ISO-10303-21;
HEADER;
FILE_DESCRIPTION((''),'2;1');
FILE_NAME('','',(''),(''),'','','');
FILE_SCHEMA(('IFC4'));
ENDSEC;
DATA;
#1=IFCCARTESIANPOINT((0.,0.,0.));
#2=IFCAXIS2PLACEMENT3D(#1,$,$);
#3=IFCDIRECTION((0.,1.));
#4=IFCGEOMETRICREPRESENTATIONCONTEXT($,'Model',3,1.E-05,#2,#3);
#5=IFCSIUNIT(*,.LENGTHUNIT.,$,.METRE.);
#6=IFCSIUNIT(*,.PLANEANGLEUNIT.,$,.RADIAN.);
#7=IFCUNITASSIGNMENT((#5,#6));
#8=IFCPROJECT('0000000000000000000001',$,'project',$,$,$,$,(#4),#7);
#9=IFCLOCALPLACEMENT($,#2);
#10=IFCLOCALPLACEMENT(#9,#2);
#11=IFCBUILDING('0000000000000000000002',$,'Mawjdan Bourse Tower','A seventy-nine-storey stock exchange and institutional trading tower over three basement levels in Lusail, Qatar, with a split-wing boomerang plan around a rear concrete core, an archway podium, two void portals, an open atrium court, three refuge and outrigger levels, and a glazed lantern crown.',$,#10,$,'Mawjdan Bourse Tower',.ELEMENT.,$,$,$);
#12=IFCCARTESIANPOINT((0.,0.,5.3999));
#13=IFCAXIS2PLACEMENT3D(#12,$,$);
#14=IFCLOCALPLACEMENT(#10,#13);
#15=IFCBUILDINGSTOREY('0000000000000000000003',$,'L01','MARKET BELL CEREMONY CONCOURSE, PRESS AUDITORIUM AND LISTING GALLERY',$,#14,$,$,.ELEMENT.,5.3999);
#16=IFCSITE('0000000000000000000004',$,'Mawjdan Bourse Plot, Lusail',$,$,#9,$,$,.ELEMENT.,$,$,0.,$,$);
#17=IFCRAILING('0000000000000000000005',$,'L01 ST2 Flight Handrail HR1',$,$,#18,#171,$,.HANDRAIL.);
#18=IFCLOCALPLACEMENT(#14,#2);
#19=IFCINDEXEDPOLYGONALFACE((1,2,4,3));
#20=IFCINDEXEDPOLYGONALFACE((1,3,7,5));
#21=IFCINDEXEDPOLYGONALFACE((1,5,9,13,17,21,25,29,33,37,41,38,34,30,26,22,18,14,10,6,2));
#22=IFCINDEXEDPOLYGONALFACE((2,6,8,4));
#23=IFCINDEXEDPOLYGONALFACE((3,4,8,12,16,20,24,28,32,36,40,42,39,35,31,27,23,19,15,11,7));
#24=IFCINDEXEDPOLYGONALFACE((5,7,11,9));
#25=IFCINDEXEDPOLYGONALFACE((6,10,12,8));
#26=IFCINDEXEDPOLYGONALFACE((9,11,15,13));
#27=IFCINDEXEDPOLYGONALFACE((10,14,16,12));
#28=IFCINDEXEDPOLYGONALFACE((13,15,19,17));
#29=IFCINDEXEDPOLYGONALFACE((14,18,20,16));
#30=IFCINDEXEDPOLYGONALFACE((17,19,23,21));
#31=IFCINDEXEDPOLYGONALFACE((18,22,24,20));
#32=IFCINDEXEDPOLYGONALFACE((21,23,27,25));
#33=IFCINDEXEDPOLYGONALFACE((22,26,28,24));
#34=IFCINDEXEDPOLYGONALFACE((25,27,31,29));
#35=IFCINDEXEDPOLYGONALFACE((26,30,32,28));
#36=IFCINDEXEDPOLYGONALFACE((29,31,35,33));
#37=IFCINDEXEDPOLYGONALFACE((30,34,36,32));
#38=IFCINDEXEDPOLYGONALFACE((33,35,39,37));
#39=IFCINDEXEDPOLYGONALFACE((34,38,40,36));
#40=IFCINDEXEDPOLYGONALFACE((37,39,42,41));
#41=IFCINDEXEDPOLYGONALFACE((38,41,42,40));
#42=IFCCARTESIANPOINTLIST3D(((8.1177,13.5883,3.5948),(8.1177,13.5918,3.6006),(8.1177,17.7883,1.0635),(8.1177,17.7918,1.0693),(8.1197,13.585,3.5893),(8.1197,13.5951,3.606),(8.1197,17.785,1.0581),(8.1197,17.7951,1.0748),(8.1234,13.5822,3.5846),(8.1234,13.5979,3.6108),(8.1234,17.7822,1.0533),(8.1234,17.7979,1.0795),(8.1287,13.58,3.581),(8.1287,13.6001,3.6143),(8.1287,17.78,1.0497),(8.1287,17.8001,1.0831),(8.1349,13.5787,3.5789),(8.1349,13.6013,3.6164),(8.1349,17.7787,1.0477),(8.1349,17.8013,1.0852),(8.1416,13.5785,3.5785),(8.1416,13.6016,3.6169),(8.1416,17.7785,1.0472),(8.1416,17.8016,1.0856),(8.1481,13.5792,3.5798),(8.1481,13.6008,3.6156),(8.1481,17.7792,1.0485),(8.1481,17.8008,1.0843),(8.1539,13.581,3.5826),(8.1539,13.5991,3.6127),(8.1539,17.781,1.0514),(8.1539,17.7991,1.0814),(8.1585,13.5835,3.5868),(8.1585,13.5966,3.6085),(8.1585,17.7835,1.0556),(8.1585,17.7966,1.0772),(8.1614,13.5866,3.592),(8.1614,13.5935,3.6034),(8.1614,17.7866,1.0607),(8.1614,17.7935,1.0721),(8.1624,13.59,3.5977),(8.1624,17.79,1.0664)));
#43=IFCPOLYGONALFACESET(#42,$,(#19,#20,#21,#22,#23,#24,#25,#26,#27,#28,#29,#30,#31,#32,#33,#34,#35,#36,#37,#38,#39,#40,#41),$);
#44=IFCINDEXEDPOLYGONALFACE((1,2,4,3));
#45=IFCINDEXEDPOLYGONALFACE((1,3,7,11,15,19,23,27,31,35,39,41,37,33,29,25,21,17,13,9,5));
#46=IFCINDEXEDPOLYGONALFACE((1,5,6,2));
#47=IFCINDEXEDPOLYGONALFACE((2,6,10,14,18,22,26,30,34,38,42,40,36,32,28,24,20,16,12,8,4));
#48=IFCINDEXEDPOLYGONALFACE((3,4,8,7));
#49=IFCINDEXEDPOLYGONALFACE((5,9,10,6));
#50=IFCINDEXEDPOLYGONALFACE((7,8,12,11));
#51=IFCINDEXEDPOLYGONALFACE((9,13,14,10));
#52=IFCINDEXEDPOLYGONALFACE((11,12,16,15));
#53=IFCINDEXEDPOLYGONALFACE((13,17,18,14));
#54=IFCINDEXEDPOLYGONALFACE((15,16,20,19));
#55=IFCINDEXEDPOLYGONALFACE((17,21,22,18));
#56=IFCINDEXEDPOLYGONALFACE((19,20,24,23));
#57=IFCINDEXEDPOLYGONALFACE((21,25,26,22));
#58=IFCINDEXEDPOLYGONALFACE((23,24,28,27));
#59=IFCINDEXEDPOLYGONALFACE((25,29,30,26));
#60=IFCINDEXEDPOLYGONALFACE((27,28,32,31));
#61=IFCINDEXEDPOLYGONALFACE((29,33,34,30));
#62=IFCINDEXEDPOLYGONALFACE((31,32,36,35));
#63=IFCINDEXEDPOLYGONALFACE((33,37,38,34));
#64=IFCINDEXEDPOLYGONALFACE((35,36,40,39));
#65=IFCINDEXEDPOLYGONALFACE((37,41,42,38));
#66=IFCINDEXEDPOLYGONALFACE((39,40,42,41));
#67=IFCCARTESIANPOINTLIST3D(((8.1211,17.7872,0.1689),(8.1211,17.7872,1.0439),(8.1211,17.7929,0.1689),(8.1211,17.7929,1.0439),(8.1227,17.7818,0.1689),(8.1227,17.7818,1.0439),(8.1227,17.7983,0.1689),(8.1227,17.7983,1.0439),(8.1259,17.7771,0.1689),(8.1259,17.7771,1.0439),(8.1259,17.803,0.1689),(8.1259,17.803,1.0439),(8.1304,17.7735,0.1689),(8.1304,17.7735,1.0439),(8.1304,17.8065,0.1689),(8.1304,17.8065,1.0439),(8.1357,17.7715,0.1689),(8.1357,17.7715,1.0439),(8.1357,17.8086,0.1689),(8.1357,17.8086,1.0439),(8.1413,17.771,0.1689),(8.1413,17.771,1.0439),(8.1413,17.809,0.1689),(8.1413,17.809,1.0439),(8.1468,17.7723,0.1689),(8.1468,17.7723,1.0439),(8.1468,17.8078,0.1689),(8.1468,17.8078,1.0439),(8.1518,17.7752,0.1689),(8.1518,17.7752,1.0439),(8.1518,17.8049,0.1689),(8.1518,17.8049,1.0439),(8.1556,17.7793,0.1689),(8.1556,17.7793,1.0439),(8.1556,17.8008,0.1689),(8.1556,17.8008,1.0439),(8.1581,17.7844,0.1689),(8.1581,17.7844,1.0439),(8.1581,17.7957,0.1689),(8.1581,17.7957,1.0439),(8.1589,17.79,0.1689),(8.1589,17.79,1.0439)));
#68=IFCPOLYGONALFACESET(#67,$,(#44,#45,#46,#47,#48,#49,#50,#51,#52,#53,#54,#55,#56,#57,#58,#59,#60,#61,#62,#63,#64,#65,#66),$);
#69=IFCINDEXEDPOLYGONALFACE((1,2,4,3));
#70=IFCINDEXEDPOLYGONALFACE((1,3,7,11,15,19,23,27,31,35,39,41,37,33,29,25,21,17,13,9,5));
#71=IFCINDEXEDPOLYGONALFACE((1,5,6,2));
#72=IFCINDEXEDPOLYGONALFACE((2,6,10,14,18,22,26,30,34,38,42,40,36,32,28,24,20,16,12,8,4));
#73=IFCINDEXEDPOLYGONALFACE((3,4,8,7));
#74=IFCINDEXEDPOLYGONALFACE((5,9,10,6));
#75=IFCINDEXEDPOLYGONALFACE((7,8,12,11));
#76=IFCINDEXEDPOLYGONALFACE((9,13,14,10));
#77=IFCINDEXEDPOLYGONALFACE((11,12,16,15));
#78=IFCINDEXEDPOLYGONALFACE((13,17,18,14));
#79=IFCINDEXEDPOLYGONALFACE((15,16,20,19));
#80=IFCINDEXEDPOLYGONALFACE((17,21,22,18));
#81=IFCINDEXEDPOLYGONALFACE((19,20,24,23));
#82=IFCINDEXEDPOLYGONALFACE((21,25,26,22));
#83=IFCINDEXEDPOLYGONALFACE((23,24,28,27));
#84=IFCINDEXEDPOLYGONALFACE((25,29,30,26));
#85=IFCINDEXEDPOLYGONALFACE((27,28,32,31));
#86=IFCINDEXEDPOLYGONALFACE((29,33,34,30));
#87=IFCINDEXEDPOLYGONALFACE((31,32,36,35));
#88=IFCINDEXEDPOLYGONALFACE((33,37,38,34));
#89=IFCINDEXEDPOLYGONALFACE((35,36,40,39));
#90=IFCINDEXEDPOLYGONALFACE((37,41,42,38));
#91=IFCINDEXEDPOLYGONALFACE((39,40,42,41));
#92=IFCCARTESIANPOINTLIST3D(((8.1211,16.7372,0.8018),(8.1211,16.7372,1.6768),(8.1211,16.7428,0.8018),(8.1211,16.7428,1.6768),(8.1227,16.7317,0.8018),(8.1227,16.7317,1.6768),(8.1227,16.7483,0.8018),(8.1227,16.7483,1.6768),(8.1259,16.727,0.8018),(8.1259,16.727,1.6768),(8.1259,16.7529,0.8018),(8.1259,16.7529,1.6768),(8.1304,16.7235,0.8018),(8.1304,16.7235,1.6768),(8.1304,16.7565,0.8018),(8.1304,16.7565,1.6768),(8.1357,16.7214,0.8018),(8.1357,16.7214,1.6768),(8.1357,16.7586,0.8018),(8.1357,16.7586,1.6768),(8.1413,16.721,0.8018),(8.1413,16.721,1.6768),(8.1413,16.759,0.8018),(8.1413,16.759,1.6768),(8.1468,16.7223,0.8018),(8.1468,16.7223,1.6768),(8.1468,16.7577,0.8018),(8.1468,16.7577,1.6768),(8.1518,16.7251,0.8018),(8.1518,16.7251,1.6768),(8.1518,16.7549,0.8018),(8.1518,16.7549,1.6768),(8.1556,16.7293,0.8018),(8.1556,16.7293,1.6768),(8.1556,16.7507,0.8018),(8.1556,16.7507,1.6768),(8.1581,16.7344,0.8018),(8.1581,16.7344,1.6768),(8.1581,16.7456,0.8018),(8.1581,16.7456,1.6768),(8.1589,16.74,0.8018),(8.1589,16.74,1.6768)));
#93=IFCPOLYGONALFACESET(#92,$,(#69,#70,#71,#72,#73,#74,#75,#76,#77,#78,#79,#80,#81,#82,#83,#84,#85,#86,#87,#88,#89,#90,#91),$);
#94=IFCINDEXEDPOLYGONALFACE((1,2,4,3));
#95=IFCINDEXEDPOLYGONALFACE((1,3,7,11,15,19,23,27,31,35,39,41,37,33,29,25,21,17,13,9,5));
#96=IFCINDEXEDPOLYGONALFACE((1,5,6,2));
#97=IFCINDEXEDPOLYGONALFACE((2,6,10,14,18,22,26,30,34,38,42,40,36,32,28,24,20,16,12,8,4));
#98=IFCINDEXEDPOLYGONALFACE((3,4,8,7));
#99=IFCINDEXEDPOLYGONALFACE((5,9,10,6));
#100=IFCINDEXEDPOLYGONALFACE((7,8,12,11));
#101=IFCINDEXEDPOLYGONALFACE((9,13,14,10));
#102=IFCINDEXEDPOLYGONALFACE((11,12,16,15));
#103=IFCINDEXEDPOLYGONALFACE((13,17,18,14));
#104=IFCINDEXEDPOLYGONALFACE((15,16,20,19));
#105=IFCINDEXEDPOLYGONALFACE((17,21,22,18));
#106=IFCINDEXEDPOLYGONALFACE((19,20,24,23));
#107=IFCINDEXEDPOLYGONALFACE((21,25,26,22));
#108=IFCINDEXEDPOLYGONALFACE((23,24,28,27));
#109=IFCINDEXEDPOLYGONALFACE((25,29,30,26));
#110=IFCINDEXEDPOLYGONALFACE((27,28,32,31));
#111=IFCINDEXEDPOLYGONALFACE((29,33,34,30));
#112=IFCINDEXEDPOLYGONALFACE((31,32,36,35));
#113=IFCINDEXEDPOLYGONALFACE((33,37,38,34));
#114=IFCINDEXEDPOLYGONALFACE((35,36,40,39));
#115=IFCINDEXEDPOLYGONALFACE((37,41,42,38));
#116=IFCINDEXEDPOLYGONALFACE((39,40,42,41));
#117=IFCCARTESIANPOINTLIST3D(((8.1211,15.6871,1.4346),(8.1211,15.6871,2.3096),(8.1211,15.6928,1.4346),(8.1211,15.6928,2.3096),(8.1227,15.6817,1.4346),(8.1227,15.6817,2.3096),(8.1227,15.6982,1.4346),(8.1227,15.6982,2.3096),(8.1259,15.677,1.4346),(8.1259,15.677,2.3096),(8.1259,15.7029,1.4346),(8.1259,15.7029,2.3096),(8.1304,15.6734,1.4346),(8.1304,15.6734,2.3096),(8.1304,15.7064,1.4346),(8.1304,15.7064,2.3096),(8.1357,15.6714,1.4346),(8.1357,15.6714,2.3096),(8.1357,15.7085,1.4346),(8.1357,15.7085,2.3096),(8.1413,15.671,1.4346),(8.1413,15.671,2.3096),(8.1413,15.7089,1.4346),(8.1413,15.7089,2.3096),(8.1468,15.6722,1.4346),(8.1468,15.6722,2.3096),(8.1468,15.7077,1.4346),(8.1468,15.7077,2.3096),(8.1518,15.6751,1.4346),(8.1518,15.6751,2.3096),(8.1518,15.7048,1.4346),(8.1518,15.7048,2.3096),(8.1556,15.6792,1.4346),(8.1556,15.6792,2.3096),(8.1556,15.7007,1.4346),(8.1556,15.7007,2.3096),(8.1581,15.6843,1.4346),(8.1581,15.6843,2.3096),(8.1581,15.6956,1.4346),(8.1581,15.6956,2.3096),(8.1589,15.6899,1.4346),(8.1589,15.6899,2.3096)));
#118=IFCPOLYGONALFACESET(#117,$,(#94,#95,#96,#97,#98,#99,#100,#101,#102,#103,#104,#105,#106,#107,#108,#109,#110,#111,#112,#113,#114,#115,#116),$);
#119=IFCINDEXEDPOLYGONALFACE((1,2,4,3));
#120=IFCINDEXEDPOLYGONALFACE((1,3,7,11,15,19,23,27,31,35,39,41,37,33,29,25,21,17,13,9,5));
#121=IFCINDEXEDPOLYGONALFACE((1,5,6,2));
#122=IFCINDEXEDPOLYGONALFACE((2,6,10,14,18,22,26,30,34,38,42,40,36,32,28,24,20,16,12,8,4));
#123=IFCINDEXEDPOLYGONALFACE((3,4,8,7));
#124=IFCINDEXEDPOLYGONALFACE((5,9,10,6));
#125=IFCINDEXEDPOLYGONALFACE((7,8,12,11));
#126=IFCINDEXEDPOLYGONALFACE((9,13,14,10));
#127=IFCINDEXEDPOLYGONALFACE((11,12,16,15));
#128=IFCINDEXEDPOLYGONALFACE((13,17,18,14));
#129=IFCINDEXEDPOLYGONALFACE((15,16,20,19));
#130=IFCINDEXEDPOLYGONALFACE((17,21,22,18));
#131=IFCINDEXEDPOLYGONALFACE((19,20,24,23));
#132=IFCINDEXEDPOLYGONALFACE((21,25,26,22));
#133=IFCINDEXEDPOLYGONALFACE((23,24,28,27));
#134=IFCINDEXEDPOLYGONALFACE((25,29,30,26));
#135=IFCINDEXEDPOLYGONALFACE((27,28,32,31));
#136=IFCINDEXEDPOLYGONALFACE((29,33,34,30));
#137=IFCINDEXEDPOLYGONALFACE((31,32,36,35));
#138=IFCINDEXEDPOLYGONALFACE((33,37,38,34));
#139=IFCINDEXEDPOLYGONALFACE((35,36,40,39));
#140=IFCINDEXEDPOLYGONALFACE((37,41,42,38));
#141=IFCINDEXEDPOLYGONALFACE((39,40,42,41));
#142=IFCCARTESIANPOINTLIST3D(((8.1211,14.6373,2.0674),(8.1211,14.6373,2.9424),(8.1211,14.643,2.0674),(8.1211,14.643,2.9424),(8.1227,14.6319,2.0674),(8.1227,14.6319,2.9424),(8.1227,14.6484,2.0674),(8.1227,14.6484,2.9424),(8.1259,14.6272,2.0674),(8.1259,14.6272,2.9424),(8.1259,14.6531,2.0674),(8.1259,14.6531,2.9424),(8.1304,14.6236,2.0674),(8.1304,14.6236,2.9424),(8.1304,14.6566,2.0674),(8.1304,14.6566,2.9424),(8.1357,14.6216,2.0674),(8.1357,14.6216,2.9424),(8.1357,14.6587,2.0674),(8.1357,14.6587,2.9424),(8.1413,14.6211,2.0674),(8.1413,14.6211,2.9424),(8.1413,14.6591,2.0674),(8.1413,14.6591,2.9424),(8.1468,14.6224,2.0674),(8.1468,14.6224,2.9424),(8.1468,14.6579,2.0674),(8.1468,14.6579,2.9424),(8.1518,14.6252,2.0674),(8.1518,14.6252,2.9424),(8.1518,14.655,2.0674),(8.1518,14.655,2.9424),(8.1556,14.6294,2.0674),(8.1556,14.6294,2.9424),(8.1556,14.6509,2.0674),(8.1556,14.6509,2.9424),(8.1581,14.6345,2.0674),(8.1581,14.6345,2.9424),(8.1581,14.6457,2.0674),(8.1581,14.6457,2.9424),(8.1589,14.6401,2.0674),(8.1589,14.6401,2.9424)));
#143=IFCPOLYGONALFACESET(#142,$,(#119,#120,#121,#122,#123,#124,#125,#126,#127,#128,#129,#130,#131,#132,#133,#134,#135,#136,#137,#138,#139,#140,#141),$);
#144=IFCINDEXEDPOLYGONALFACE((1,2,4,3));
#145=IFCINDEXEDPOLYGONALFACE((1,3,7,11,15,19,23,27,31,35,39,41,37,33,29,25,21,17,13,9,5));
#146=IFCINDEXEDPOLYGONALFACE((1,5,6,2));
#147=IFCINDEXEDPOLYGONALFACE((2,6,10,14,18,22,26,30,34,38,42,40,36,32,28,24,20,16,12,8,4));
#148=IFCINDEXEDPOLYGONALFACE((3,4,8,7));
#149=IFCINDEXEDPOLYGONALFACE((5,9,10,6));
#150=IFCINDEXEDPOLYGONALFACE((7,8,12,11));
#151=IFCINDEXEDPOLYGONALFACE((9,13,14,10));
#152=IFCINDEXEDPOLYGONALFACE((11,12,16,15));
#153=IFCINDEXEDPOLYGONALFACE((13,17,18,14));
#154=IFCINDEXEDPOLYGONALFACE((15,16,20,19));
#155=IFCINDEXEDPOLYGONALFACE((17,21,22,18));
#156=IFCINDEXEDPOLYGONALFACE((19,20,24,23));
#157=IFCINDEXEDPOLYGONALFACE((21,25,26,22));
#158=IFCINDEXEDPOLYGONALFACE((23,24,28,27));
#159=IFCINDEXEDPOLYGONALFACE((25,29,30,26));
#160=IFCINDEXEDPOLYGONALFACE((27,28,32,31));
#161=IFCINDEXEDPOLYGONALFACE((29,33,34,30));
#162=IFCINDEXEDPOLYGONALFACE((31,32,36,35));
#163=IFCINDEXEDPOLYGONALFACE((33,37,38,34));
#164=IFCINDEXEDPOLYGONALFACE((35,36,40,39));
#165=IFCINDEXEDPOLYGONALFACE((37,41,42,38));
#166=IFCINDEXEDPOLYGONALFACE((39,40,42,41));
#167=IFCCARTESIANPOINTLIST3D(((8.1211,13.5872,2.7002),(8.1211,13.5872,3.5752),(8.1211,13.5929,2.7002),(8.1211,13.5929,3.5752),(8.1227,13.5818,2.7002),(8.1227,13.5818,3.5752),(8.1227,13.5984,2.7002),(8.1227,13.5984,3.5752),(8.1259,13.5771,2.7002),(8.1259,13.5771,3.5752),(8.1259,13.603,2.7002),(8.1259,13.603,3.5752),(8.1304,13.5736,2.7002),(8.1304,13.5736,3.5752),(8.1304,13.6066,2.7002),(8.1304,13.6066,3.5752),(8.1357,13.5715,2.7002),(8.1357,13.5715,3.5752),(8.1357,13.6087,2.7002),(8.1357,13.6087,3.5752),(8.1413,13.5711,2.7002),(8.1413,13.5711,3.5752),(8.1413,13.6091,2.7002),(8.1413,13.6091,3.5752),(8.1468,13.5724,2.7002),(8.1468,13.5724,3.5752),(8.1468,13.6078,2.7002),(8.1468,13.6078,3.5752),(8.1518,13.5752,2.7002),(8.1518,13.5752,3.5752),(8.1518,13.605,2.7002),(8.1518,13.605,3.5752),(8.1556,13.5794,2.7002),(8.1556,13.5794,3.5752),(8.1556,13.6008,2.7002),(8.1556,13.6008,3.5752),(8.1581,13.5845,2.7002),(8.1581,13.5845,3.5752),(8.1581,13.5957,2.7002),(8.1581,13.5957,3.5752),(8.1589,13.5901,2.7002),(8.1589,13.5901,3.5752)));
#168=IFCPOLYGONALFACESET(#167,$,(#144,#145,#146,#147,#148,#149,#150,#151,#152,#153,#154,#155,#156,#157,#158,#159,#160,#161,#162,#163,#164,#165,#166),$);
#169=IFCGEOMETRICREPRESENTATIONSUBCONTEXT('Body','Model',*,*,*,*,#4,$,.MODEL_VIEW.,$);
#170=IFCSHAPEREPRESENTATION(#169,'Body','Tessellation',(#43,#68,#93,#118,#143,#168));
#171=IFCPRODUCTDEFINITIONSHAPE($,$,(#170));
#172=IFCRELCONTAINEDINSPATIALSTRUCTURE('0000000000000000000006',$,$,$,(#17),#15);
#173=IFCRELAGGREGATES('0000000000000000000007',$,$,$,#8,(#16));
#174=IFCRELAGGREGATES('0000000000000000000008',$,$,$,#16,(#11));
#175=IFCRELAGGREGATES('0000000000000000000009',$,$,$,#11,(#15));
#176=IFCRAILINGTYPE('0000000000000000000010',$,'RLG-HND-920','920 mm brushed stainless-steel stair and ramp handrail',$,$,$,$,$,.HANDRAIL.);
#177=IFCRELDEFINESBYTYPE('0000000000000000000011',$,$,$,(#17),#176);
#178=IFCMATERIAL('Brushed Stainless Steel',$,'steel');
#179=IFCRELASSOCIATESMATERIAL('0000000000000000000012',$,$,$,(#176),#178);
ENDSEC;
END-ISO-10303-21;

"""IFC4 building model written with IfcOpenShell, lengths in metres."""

from ifc_helpers import new_model, si_unit, direction, frame, origin, origin_2d, place, context, subcontext, project, spatial, circle, extrude, material, type_object, element, save


model = new_model("IFC4")

# Units and contexts
model_context = context("Model", 3, precision=1e-05, world=origin(), true_north=direction((0.0, 1.0)))
body_context = subcontext(model_context, "Body", "Model", "MODEL_VIEW")
ifc_project = project(units=[si_unit("LENGTHUNIT", "METRE"), si_unit("PLANEANGLEUNIT", "RADIAN")], contexts=[model_context])

# Site, building, storey
site_placement = place(None, origin())
site = spatial("IfcSite", under=ifc_project, at=site_placement, Name="Mawjdan Bourse Plot, Lusail", CompositionType="ELEMENT", RefElevation=0.0)
building_placement = place(site_placement, origin())
building = spatial("IfcBuilding", under=site, at=building_placement, Name="Mawjdan Bourse Tower", Description="A seventy-nine-storey stock exchange and institutional trading tower over three basement levels in Lusail, Qatar, with a split-wing boomerang plan around a rear concrete core, an archway podium, two void portals, an open atrium court, three refuge and outrigger levels, and a glazed lantern crown.", LongName="Mawjdan Bourse Tower", CompositionType="ELEMENT")
storey_placement = place(building_placement, frame((0.0, 0.0, 5.3999)))
storey = spatial("IfcBuildingStorey", under=building, at=storey_placement, Name="L01", Description="MARKET BELL CEREMONY CONCOURSE, PRESS AUDITORIUM AND LISTING GALLERY", CompositionType="ELEMENT", Elevation=5.3999)

# Railing
ifc_material_1 = material(Name="Brushed Stainless Steel", Category="steel")
railing_type_1 = type_object("IfcRailingType", Name="RLG-HND-920", Description="920 mm brushed stainless-steel stair and ramp handrail", PredefinedType="HANDRAIL", material=ifc_material_1)
for number, where, name in (
    (1, (8.1399, 17.79, 0.1689), "L01 ST2 Flight Handrail HR1"),
):
    element("IfcRailing", number, at=place(storey_placement, frame(where)), inside=storey, type_object=railing_type_1, Name=name, PredefinedType="HANDRAIL", context=body_context, shape_type="SweptSolid", body=[
        extrude(circle(Radius=0.0225, at=origin_2d()), frame((0.0, 0.0, 0.8975), z_axis=(0.0, -0.856476, 0.516186), x_axis=(1.0, 0.0, 0.0)), (0.0, 0.0, 1.0), 4.9038),
        extrude(circle(Radius=0.019, at=origin_2d()), origin(), (0.0, 0.0, 1.0), 0.875),
        extrude(circle(Radius=0.019, at=origin_2d()), frame((0.0, -1.05, 0.6328)), (0.0, 0.0, 1.0), 0.875),
        extrude(circle(Radius=0.019, at=origin_2d()), frame((0.0, -2.1001, 1.2656)), (0.0, 0.0, 1.0), 0.875),
        extrude(circle(Radius=0.019, at=origin_2d()), frame((0.0, -3.1499, 1.8984)), (0.0, 0.0, 1.0), 0.875),
        extrude(circle(Radius=0.019, at=origin_2d()), frame((0.0, -4.2, 2.5312)), (0.0, 0.0, 1.0), 0.875),
    ])

save(model, "model.ifc")
